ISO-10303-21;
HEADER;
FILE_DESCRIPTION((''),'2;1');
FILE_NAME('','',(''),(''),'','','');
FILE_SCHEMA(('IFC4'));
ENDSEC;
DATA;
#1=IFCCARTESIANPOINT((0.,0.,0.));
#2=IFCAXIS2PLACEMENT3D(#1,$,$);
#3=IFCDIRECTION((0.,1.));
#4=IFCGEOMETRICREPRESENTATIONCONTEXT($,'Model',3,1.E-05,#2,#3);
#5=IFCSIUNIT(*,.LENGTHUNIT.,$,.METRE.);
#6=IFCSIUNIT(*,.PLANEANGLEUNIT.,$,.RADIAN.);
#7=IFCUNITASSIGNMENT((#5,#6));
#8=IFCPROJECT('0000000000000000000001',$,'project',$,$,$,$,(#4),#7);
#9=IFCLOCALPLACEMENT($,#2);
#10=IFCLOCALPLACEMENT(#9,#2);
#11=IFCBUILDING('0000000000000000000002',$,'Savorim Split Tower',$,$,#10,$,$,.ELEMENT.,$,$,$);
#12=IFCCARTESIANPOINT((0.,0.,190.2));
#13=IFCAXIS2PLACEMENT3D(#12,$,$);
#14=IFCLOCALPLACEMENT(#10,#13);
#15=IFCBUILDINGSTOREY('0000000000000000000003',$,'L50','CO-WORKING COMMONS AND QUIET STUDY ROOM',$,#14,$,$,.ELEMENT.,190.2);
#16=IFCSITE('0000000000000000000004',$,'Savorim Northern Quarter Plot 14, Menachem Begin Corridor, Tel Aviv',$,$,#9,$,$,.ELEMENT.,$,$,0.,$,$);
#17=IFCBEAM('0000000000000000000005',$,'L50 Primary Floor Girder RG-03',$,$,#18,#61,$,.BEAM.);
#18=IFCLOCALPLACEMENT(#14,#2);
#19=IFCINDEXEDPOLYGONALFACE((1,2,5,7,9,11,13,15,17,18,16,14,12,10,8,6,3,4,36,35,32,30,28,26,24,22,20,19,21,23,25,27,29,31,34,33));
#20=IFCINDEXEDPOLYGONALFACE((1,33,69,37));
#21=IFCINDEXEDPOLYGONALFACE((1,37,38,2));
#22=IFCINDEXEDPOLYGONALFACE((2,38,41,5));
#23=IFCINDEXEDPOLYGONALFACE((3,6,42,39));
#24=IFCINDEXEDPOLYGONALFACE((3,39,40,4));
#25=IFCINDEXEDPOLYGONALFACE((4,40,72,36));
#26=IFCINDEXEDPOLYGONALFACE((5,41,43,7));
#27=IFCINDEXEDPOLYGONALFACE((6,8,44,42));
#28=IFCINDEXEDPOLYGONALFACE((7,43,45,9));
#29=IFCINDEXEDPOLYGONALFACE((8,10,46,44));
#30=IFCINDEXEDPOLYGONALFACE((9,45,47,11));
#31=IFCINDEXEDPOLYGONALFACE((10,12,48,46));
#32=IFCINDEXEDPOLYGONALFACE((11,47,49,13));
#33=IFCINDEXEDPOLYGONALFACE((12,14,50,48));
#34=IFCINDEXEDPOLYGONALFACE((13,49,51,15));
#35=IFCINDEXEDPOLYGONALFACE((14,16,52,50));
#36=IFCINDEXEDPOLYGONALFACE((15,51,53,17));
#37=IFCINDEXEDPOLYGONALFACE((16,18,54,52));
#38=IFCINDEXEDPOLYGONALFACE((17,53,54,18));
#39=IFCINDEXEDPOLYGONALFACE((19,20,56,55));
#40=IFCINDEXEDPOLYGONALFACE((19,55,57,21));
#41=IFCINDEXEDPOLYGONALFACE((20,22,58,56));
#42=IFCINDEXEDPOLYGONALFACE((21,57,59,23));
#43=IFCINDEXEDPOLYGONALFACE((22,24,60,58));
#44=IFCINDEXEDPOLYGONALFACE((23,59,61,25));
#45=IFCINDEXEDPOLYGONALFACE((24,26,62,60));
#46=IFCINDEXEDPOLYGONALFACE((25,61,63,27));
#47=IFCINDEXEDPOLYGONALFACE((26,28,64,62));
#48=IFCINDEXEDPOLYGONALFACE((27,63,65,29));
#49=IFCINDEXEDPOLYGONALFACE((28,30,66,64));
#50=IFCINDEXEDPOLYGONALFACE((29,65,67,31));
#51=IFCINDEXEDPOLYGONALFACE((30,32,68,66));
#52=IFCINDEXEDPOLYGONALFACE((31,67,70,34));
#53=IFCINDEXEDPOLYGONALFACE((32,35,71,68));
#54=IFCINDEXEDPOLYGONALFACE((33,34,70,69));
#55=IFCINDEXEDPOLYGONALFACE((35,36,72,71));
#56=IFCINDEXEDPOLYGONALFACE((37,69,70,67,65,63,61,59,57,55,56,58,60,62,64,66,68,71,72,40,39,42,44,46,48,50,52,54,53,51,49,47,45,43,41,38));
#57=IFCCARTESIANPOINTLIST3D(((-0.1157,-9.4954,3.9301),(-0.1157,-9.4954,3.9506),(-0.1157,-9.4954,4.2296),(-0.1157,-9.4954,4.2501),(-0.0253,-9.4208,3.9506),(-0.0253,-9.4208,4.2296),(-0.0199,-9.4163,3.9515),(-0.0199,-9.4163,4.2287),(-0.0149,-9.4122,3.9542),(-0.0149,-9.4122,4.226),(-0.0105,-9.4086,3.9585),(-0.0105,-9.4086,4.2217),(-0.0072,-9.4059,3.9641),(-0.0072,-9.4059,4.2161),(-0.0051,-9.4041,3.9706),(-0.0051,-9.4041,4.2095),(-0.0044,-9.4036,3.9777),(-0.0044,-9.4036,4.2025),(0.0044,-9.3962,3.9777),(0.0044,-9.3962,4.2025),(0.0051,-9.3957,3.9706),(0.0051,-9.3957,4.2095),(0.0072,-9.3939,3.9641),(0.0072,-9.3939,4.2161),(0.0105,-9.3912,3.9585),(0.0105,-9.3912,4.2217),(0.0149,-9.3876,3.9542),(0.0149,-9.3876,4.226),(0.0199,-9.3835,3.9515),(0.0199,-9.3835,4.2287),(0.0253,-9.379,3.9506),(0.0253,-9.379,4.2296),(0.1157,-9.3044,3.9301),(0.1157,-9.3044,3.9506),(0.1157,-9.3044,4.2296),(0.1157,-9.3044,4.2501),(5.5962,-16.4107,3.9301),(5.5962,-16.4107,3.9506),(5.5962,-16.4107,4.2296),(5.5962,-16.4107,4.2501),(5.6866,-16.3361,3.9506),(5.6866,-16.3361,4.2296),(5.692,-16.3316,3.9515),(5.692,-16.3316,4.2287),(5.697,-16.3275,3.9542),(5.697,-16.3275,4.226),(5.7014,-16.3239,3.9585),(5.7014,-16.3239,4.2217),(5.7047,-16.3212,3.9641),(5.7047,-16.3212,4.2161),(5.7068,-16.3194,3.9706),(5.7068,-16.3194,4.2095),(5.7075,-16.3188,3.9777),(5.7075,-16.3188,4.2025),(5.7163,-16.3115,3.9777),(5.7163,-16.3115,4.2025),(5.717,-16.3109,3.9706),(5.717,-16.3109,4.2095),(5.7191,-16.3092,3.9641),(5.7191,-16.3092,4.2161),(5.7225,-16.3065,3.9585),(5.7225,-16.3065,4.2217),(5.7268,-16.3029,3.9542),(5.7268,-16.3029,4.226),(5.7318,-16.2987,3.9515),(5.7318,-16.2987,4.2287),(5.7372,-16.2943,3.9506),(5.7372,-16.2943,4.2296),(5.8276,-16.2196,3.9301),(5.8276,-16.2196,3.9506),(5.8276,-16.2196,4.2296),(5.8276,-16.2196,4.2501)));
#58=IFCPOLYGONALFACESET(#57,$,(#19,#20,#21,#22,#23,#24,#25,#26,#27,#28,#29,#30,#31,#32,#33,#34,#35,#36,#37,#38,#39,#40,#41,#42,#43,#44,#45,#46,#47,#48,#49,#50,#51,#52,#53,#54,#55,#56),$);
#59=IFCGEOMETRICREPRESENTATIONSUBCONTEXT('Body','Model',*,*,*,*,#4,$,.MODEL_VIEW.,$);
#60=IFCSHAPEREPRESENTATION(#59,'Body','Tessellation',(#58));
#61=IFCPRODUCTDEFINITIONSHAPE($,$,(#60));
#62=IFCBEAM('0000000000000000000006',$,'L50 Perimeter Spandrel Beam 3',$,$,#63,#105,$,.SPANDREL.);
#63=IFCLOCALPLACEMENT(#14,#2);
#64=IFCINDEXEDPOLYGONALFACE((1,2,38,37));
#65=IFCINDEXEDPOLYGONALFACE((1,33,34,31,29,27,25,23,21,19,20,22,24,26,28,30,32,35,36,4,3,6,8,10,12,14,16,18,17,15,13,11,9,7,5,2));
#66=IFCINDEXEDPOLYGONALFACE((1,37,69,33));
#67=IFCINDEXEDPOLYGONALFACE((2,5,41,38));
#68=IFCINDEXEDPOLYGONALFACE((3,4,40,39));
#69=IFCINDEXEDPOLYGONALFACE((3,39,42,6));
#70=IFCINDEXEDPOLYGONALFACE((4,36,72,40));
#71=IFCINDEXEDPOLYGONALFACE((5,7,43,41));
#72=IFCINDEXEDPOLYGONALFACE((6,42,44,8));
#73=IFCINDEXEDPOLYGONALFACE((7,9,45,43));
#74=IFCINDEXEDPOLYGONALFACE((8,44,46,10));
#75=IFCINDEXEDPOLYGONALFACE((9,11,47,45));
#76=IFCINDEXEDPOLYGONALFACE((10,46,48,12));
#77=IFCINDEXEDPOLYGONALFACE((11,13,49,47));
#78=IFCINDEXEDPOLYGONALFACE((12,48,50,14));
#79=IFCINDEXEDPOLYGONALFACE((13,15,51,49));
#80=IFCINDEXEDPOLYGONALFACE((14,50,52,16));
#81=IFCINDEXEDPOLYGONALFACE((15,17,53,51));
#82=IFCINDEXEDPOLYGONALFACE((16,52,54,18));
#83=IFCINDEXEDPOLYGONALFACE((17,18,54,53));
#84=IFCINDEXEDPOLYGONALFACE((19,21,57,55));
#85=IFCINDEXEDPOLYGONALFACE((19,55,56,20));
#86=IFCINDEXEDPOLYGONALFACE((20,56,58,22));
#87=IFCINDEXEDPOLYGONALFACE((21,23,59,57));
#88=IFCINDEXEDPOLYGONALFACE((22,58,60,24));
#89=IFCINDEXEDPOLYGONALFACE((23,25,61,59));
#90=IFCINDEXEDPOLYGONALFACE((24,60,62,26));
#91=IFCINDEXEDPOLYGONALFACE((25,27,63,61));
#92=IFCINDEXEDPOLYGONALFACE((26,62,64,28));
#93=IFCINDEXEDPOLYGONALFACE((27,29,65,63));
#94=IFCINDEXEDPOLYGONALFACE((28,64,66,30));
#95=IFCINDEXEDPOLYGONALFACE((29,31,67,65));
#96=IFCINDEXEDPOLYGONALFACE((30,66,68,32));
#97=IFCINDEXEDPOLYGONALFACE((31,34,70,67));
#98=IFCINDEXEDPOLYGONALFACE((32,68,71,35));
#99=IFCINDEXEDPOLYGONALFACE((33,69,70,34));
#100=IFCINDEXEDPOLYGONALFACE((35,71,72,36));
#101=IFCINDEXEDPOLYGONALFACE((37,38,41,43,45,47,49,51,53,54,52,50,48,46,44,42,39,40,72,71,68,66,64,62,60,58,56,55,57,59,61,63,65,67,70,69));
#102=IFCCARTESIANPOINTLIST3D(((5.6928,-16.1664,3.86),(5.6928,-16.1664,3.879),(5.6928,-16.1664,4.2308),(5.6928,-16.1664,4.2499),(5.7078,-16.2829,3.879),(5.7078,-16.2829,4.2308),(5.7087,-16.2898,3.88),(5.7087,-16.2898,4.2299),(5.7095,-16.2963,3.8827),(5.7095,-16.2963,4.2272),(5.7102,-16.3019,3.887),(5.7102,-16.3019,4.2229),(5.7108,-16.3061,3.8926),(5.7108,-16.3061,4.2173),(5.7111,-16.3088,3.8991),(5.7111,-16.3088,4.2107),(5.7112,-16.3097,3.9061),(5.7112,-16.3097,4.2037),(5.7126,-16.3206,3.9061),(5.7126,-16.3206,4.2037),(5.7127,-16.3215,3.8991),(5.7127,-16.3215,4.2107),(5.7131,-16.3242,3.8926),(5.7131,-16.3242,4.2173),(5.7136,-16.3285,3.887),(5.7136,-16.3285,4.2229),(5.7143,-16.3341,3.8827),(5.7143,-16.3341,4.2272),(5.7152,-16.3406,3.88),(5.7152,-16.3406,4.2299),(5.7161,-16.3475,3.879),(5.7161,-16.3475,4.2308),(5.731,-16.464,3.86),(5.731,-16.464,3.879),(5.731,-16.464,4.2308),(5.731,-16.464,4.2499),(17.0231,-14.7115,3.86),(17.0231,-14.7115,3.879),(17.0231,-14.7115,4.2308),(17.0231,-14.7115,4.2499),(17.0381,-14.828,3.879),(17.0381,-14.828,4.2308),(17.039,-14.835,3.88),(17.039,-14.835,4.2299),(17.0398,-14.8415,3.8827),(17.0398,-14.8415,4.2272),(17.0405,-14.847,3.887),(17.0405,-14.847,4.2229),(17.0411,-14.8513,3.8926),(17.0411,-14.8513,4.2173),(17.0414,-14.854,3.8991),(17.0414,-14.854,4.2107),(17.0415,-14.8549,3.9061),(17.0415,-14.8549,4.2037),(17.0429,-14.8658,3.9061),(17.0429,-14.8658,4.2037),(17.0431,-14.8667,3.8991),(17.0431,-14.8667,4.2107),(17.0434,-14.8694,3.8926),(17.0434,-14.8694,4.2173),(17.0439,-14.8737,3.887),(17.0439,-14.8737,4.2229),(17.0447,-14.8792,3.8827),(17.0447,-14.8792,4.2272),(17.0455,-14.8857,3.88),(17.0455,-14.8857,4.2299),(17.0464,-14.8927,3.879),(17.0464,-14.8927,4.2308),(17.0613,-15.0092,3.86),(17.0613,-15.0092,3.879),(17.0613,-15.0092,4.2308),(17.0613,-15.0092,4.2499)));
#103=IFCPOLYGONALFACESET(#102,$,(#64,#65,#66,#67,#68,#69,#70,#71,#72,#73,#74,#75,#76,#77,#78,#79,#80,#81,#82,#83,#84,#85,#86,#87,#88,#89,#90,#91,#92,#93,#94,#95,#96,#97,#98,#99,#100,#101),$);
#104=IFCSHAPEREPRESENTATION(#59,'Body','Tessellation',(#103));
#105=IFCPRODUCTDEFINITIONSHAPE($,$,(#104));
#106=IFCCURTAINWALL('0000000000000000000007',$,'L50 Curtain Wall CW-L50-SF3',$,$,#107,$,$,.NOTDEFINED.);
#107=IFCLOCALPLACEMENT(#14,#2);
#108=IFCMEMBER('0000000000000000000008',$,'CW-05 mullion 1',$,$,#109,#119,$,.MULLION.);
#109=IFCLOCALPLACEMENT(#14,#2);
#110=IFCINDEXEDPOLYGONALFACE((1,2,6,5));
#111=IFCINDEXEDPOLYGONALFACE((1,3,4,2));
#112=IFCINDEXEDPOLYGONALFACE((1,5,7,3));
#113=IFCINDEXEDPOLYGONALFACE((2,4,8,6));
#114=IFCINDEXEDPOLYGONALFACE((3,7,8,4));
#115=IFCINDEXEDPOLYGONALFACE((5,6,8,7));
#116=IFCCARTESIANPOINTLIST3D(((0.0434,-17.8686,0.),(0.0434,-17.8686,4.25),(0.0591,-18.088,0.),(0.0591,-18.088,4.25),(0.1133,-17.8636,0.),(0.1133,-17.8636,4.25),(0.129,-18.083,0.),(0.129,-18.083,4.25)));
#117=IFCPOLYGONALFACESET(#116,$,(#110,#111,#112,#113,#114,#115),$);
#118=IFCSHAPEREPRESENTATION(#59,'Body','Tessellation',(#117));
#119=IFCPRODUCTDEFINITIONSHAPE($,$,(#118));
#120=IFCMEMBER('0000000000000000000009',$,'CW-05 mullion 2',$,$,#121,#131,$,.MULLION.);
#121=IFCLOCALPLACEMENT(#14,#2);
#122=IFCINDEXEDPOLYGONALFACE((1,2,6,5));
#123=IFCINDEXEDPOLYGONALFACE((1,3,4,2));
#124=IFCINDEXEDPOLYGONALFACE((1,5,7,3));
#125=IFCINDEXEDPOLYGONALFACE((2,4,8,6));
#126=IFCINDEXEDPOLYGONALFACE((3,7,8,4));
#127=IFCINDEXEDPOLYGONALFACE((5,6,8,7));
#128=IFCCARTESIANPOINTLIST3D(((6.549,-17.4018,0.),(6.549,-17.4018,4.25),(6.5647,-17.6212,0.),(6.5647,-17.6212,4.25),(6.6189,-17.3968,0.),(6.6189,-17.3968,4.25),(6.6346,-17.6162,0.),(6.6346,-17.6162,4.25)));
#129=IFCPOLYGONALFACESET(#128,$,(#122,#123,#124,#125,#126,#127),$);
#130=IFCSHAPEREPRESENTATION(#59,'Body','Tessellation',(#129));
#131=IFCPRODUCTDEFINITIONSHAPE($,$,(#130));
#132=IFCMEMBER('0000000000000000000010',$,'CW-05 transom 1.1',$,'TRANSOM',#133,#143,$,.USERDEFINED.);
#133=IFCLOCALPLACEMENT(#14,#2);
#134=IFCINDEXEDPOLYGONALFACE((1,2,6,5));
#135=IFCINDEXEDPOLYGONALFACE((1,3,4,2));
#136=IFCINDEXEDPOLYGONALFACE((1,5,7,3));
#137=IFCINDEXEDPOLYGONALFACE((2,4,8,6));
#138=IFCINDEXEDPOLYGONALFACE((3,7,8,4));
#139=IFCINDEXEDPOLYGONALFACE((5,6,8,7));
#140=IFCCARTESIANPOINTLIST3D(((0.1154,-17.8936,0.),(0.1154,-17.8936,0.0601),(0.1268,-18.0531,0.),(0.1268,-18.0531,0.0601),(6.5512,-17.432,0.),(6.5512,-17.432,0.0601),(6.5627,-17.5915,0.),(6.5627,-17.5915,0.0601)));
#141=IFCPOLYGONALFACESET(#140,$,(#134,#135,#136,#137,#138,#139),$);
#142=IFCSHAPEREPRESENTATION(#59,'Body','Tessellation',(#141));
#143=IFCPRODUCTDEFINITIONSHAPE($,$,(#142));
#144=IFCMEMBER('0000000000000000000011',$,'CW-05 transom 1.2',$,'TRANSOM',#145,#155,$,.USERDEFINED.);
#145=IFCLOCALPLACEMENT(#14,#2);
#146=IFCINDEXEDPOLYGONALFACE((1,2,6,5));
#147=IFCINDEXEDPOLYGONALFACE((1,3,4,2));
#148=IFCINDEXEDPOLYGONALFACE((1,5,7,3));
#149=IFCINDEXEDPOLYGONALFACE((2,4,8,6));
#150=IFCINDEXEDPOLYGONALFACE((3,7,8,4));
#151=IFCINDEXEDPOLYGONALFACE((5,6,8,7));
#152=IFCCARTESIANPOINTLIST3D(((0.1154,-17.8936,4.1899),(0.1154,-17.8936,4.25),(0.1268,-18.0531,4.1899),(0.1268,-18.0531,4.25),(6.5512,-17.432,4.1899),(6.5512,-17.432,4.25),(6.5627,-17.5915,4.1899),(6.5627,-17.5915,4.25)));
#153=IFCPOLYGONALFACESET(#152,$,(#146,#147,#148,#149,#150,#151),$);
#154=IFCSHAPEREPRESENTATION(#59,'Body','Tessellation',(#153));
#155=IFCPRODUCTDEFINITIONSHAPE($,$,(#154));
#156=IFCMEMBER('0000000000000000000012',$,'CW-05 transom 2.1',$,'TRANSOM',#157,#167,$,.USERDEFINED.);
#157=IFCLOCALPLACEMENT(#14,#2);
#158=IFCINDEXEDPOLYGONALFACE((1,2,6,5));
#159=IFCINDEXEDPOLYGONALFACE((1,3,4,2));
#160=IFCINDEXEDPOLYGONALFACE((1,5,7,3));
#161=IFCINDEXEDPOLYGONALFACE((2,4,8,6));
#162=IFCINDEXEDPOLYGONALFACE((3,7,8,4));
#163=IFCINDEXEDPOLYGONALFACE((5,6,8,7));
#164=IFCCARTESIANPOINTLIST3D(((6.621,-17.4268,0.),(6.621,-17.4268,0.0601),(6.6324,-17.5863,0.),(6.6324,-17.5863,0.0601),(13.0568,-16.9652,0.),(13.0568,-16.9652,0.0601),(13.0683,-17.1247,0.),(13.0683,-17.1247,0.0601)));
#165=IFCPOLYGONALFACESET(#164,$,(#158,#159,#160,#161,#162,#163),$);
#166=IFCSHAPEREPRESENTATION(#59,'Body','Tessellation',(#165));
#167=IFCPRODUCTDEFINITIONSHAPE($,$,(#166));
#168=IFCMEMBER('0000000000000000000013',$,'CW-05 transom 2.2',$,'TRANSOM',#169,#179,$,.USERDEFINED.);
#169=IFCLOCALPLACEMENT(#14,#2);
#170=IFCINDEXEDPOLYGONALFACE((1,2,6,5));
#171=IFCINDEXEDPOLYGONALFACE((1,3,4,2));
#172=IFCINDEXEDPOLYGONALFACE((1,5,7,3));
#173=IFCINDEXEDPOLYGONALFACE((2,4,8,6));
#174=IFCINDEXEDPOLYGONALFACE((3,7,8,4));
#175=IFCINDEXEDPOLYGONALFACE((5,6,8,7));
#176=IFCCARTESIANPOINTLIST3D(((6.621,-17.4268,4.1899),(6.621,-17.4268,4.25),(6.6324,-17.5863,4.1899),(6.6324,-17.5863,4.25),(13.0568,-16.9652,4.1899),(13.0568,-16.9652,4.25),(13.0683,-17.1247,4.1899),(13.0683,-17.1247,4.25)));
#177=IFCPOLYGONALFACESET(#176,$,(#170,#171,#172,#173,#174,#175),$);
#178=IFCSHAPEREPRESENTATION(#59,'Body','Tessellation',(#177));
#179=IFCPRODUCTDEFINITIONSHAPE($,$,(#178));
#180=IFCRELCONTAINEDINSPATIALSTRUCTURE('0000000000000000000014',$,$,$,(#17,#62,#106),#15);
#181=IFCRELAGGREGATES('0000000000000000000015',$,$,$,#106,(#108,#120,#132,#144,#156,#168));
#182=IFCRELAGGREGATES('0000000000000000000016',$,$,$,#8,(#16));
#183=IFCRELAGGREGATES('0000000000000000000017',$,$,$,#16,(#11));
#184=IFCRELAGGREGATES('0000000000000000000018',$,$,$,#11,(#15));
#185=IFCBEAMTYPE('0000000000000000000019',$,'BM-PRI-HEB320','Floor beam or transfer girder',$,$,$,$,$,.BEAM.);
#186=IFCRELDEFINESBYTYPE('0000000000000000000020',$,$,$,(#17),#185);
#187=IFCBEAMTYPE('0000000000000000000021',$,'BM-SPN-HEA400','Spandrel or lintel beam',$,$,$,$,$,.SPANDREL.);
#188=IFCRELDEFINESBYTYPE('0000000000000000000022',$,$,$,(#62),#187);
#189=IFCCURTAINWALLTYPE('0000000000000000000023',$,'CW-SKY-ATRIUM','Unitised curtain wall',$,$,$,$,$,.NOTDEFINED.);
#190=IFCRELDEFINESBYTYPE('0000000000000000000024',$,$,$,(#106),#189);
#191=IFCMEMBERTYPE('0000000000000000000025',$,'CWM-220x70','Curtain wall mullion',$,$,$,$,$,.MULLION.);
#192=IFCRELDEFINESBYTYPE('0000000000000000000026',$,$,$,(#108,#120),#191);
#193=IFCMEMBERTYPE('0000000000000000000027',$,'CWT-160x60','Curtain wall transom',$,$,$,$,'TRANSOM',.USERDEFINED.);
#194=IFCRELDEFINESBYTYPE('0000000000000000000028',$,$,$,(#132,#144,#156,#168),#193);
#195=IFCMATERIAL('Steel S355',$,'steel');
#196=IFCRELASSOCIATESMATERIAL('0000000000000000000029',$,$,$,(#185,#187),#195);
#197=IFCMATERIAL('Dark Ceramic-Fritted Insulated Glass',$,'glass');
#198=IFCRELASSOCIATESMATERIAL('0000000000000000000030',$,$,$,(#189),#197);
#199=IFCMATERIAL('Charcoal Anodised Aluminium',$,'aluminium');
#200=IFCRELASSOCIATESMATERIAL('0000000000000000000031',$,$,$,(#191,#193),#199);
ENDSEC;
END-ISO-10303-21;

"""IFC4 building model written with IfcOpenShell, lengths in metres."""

from ifc_helpers import new_model, si_unit, direction, frame, origin, origin_2d, place, context, subcontext, project, spatial, rectangle, i_section, extrude, material, material_profile, profile_set, type_object, element, aggregate, save


model = new_model("IFC4")

# Units and contexts
model_context = context("Model", 3, precision=1e-05, world=origin(), true_north=direction((0.0, 1.0)))
body_context = subcontext(model_context, "Body", "Model", "MODEL_VIEW")
ifc_project = project(units=[si_unit("LENGTHUNIT", "METRE"), si_unit("PLANEANGLEUNIT", "RADIAN")], contexts=[model_context])

# Site, building, storey
site_placement = place(None, origin())
site = spatial("IfcSite", under=ifc_project, at=site_placement, Name="Savorim Northern Quarter Plot 14, Menachem Begin Corridor, Tel Aviv", CompositionType="ELEMENT", RefElevation=0.0)
building_placement = place(site_placement, origin())
building = spatial("IfcBuilding", under=site, at=building_placement, Name="Savorim Split Tower", CompositionType="ELEMENT")
storey_placement = place(building_placement, frame((0.0, 0.0, 190.2)))
storey = spatial("IfcBuildingStorey", under=building, at=storey_placement, Name="L50", Description="CO-WORKING COMMONS AND QUIET STUDY ROOM", CompositionType="ELEMENT", Elevation=190.2)

# Shared definitions
ifc_material_1 = material(Name="Steel S355", Category="steel")

# Beams
ifc_material_profile_1 = material_profile(ifc_material_1, i_section(OverallWidth=0.3, OverallDepth=0.3201, WebThickness=0.0115, FlangeThickness=0.0205, FilletRadius=0.0271, at=origin_2d()), Name="HEB 320")
ifc_profile_set_1 = profile_set([ifc_material_profile_1], Name="Steel S355")
beam_type_1 = type_object("IfcBeamType", Name="BM-PRI-HEB320", Description="Floor beam or transfer girder", PredefinedType="BEAM", material=ifc_profile_set_1)
beam_1_placement = place(storey_placement, frame((5.7119, -16.3152, 4.0901), z_axis=(-0.636834, 0.771001, 0.0), x_axis=(-0.771001, -0.636834, 0.0)))
element("IfcBeam", 1, at=beam_1_placement, inside=storey, type_object=beam_type_1, Name="L50 Primary Floor Girder RG-03", PredefinedType="BEAM", context=body_context, shape_type="SweptSolid", body=[
    extrude(i_section(OverallWidth=0.3, OverallDepth=0.3201, WebThickness=0.0115, FlangeThickness=0.0205, FilletRadius=0.0271, at=origin_2d()), origin(), (0.0, 0.0, 1.0), 8.9692),
])
ifc_material_profile_2 = material_profile(ifc_material_1, i_section(OverallWidth=0.3, OverallDepth=0.3899, WebThickness=0.011, FlangeThickness=0.019, FilletRadius=0.0271, at=origin_2d()), Name="HEA 400")
ifc_profile_set_2 = profile_set([ifc_material_profile_2], Name="Steel S355")
beam_type_2 = type_object("IfcBeamType", Name="BM-SPN-HEA400", Description="Spandrel or lintel beam", PredefinedType="SPANDREL", material=ifc_profile_set_2)
beam_2_placement = place(storey_placement, frame((5.7119, -16.3152, 4.0549), z_axis=(0.991857, 0.127356, 0.0), x_axis=(-0.127356, 0.991857, 0.0)))
element("IfcBeam", 2, at=beam_2_placement, inside=storey, type_object=beam_type_2, Name="L50 Perimeter Spandrel Beam 3", PredefinedType="SPANDREL", context=body_context, shape_type="SweptSolid", body=[
    extrude(i_section(OverallWidth=0.3, OverallDepth=0.3899, WebThickness=0.011, FlangeThickness=0.019, FilletRadius=0.0271, at=origin_2d()), origin(), (0.0, 0.0, 1.0), 11.4233),
])

# Curtain wall, members
ifc_material_2 = material(Name="Dark Ceramic-Fritted Insulated Glass", Category="glass")
curtain_wall_type = type_object("IfcCurtainWallType", Name="CW-SKY-ATRIUM", Description="Unitised curtain wall", PredefinedType="NOTDEFINED", material=ifc_material_2)
curtain_wall_placement = place(storey_placement, origin())
curtain_wall = element("IfcCurtainWall", 3, at=curtain_wall_placement, inside=storey, type_object=curtain_wall_type, Name="L50 Curtain Wall CW-L50-SF3", PredefinedType="NOTDEFINED")
ifc_material_3 = material(Name="Charcoal Anodised Aluminium", Category="aluminium")
ifc_material_profile_3 = material_profile(ifc_material_3, rectangle(XDim=0.22, YDim=0.0701, at=origin_2d()), Name="ALU-M 220x70")
ifc_profile_set_3 = profile_set([ifc_material_profile_3], Name="Charcoal Anodised Aluminium")
member_type_1 = type_object("IfcMemberType", Name="CWM-220x70", Description="Curtain wall mullion", PredefinedType="MULLION", material=ifc_profile_set_3)
member_1_placement = place(storey_placement, frame((0.0862, -17.9758, 0.0), z_axis=(0.0, 0.0, 1.0), x_axis=(-0.071562, 0.997436, 0.0)))
member_1 = element("IfcMember", 4, at=member_1_placement, type_object=member_type_1, Name="CW-05 mullion 1", PredefinedType="MULLION", context=body_context, shape_type="SweptSolid", body=[
    extrude(rectangle(XDim=0.22, YDim=0.0701, at=origin_2d()), origin(), (0.0, 0.0, 1.0), 4.25),
])
member_2_placement = place(storey_placement, frame((6.5918, -17.509, 0.0), z_axis=(0.0, 0.0, 1.0), x_axis=(-0.071562, 0.997436, 0.0)))
member_2 = element("IfcMember", 5, at=member_2_placement, type_object=member_type_1, Name="CW-05 mullion 2", PredefinedType="MULLION", context=body_context, shape_type="SweptSolid", body=[
    extrude(rectangle(XDim=0.22, YDim=0.0701, at=origin_2d()), origin(), (0.0, 0.0, 1.0), 4.25),
])
ifc_material_profile_4 = material_profile(ifc_material_3, rectangle(XDim=0.1599, YDim=0.0601, at=origin_2d()), Name="ALU-T 160x60")
ifc_profile_set_4 = profile_set([ifc_material_profile_4], Name="Charcoal Anodised Aluminium")
member_type_2 = type_object("IfcMemberType", Name="CWT-160x60", Description="Curtain wall transom", ElementType="TRANSOM", PredefinedType="USERDEFINED", material=ifc_profile_set_4)
member_3_placement = place(storey_placement, frame((0.1211, -17.9734, 0.03), z_axis=(0.997437, 0.071551, 0.0), x_axis=(-0.071551, 0.997437, 0.0)))
member_3 = element("IfcMember", 6, at=member_3_placement, type_object=member_type_2, Name="CW-05 transom 1.1", ObjectType="TRANSOM", PredefinedType="USERDEFINED", context=body_context, shape_type="SweptSolid", body=[
    extrude(rectangle(XDim=0.1599, YDim=0.0601, at=origin_2d()), origin(), (0.0, 0.0, 1.0), 6.4524),
])
member_4_placement = place(storey_placement, frame((0.1211, -17.9734, 4.22), z_axis=(0.997437, 0.071551, 0.0), x_axis=(-0.071551, 0.997437, 0.0)))
member_4 = element("IfcMember", 7, at=member_4_placement, type_object=member_type_2, Name="CW-05 transom 1.2", ObjectType="TRANSOM", PredefinedType="USERDEFINED", context=body_context, shape_type="SweptSolid", body=[
    extrude(rectangle(XDim=0.1599, YDim=0.0601, at=origin_2d()), origin(), (0.0, 0.0, 1.0), 6.4524),
])
member_5_placement = place(storey_placement, frame((6.6267, -17.5066, 0.03), z_axis=(0.997437, 0.071551, 0.0), x_axis=(-0.071551, 0.997437, 0.0)))
member_5 = element("IfcMember", 8, at=member_5_placement, type_object=member_type_2, Name="CW-05 transom 2.1", ObjectType="TRANSOM", PredefinedType="USERDEFINED", context=body_context, shape_type="SweptSolid", body=[
    extrude(rectangle(XDim=0.1599, YDim=0.0601, at=origin_2d()), origin(), (0.0, 0.0, 1.0), 6.4524),
])
member_6_placement = place(storey_placement, frame((6.6267, -17.5066, 4.22), z_axis=(0.997437, 0.071551, 0.0), x_axis=(-0.071551, 0.997437, 0.0)))
member_6 = element("IfcMember", 9, at=member_6_placement, type_object=member_type_2, Name="CW-05 transom 2.2", ObjectType="TRANSOM", PredefinedType="USERDEFINED", context=body_context, shape_type="SweptSolid", body=[
    extrude(rectangle(XDim=0.1599, YDim=0.0601, at=origin_2d()), origin(), (0.0, 0.0, 1.0), 6.4524),
])
aggregate(curtain_wall, [member_1, member_2, member_3, member_4, member_5, member_6])

save(model, "model.ifc")
